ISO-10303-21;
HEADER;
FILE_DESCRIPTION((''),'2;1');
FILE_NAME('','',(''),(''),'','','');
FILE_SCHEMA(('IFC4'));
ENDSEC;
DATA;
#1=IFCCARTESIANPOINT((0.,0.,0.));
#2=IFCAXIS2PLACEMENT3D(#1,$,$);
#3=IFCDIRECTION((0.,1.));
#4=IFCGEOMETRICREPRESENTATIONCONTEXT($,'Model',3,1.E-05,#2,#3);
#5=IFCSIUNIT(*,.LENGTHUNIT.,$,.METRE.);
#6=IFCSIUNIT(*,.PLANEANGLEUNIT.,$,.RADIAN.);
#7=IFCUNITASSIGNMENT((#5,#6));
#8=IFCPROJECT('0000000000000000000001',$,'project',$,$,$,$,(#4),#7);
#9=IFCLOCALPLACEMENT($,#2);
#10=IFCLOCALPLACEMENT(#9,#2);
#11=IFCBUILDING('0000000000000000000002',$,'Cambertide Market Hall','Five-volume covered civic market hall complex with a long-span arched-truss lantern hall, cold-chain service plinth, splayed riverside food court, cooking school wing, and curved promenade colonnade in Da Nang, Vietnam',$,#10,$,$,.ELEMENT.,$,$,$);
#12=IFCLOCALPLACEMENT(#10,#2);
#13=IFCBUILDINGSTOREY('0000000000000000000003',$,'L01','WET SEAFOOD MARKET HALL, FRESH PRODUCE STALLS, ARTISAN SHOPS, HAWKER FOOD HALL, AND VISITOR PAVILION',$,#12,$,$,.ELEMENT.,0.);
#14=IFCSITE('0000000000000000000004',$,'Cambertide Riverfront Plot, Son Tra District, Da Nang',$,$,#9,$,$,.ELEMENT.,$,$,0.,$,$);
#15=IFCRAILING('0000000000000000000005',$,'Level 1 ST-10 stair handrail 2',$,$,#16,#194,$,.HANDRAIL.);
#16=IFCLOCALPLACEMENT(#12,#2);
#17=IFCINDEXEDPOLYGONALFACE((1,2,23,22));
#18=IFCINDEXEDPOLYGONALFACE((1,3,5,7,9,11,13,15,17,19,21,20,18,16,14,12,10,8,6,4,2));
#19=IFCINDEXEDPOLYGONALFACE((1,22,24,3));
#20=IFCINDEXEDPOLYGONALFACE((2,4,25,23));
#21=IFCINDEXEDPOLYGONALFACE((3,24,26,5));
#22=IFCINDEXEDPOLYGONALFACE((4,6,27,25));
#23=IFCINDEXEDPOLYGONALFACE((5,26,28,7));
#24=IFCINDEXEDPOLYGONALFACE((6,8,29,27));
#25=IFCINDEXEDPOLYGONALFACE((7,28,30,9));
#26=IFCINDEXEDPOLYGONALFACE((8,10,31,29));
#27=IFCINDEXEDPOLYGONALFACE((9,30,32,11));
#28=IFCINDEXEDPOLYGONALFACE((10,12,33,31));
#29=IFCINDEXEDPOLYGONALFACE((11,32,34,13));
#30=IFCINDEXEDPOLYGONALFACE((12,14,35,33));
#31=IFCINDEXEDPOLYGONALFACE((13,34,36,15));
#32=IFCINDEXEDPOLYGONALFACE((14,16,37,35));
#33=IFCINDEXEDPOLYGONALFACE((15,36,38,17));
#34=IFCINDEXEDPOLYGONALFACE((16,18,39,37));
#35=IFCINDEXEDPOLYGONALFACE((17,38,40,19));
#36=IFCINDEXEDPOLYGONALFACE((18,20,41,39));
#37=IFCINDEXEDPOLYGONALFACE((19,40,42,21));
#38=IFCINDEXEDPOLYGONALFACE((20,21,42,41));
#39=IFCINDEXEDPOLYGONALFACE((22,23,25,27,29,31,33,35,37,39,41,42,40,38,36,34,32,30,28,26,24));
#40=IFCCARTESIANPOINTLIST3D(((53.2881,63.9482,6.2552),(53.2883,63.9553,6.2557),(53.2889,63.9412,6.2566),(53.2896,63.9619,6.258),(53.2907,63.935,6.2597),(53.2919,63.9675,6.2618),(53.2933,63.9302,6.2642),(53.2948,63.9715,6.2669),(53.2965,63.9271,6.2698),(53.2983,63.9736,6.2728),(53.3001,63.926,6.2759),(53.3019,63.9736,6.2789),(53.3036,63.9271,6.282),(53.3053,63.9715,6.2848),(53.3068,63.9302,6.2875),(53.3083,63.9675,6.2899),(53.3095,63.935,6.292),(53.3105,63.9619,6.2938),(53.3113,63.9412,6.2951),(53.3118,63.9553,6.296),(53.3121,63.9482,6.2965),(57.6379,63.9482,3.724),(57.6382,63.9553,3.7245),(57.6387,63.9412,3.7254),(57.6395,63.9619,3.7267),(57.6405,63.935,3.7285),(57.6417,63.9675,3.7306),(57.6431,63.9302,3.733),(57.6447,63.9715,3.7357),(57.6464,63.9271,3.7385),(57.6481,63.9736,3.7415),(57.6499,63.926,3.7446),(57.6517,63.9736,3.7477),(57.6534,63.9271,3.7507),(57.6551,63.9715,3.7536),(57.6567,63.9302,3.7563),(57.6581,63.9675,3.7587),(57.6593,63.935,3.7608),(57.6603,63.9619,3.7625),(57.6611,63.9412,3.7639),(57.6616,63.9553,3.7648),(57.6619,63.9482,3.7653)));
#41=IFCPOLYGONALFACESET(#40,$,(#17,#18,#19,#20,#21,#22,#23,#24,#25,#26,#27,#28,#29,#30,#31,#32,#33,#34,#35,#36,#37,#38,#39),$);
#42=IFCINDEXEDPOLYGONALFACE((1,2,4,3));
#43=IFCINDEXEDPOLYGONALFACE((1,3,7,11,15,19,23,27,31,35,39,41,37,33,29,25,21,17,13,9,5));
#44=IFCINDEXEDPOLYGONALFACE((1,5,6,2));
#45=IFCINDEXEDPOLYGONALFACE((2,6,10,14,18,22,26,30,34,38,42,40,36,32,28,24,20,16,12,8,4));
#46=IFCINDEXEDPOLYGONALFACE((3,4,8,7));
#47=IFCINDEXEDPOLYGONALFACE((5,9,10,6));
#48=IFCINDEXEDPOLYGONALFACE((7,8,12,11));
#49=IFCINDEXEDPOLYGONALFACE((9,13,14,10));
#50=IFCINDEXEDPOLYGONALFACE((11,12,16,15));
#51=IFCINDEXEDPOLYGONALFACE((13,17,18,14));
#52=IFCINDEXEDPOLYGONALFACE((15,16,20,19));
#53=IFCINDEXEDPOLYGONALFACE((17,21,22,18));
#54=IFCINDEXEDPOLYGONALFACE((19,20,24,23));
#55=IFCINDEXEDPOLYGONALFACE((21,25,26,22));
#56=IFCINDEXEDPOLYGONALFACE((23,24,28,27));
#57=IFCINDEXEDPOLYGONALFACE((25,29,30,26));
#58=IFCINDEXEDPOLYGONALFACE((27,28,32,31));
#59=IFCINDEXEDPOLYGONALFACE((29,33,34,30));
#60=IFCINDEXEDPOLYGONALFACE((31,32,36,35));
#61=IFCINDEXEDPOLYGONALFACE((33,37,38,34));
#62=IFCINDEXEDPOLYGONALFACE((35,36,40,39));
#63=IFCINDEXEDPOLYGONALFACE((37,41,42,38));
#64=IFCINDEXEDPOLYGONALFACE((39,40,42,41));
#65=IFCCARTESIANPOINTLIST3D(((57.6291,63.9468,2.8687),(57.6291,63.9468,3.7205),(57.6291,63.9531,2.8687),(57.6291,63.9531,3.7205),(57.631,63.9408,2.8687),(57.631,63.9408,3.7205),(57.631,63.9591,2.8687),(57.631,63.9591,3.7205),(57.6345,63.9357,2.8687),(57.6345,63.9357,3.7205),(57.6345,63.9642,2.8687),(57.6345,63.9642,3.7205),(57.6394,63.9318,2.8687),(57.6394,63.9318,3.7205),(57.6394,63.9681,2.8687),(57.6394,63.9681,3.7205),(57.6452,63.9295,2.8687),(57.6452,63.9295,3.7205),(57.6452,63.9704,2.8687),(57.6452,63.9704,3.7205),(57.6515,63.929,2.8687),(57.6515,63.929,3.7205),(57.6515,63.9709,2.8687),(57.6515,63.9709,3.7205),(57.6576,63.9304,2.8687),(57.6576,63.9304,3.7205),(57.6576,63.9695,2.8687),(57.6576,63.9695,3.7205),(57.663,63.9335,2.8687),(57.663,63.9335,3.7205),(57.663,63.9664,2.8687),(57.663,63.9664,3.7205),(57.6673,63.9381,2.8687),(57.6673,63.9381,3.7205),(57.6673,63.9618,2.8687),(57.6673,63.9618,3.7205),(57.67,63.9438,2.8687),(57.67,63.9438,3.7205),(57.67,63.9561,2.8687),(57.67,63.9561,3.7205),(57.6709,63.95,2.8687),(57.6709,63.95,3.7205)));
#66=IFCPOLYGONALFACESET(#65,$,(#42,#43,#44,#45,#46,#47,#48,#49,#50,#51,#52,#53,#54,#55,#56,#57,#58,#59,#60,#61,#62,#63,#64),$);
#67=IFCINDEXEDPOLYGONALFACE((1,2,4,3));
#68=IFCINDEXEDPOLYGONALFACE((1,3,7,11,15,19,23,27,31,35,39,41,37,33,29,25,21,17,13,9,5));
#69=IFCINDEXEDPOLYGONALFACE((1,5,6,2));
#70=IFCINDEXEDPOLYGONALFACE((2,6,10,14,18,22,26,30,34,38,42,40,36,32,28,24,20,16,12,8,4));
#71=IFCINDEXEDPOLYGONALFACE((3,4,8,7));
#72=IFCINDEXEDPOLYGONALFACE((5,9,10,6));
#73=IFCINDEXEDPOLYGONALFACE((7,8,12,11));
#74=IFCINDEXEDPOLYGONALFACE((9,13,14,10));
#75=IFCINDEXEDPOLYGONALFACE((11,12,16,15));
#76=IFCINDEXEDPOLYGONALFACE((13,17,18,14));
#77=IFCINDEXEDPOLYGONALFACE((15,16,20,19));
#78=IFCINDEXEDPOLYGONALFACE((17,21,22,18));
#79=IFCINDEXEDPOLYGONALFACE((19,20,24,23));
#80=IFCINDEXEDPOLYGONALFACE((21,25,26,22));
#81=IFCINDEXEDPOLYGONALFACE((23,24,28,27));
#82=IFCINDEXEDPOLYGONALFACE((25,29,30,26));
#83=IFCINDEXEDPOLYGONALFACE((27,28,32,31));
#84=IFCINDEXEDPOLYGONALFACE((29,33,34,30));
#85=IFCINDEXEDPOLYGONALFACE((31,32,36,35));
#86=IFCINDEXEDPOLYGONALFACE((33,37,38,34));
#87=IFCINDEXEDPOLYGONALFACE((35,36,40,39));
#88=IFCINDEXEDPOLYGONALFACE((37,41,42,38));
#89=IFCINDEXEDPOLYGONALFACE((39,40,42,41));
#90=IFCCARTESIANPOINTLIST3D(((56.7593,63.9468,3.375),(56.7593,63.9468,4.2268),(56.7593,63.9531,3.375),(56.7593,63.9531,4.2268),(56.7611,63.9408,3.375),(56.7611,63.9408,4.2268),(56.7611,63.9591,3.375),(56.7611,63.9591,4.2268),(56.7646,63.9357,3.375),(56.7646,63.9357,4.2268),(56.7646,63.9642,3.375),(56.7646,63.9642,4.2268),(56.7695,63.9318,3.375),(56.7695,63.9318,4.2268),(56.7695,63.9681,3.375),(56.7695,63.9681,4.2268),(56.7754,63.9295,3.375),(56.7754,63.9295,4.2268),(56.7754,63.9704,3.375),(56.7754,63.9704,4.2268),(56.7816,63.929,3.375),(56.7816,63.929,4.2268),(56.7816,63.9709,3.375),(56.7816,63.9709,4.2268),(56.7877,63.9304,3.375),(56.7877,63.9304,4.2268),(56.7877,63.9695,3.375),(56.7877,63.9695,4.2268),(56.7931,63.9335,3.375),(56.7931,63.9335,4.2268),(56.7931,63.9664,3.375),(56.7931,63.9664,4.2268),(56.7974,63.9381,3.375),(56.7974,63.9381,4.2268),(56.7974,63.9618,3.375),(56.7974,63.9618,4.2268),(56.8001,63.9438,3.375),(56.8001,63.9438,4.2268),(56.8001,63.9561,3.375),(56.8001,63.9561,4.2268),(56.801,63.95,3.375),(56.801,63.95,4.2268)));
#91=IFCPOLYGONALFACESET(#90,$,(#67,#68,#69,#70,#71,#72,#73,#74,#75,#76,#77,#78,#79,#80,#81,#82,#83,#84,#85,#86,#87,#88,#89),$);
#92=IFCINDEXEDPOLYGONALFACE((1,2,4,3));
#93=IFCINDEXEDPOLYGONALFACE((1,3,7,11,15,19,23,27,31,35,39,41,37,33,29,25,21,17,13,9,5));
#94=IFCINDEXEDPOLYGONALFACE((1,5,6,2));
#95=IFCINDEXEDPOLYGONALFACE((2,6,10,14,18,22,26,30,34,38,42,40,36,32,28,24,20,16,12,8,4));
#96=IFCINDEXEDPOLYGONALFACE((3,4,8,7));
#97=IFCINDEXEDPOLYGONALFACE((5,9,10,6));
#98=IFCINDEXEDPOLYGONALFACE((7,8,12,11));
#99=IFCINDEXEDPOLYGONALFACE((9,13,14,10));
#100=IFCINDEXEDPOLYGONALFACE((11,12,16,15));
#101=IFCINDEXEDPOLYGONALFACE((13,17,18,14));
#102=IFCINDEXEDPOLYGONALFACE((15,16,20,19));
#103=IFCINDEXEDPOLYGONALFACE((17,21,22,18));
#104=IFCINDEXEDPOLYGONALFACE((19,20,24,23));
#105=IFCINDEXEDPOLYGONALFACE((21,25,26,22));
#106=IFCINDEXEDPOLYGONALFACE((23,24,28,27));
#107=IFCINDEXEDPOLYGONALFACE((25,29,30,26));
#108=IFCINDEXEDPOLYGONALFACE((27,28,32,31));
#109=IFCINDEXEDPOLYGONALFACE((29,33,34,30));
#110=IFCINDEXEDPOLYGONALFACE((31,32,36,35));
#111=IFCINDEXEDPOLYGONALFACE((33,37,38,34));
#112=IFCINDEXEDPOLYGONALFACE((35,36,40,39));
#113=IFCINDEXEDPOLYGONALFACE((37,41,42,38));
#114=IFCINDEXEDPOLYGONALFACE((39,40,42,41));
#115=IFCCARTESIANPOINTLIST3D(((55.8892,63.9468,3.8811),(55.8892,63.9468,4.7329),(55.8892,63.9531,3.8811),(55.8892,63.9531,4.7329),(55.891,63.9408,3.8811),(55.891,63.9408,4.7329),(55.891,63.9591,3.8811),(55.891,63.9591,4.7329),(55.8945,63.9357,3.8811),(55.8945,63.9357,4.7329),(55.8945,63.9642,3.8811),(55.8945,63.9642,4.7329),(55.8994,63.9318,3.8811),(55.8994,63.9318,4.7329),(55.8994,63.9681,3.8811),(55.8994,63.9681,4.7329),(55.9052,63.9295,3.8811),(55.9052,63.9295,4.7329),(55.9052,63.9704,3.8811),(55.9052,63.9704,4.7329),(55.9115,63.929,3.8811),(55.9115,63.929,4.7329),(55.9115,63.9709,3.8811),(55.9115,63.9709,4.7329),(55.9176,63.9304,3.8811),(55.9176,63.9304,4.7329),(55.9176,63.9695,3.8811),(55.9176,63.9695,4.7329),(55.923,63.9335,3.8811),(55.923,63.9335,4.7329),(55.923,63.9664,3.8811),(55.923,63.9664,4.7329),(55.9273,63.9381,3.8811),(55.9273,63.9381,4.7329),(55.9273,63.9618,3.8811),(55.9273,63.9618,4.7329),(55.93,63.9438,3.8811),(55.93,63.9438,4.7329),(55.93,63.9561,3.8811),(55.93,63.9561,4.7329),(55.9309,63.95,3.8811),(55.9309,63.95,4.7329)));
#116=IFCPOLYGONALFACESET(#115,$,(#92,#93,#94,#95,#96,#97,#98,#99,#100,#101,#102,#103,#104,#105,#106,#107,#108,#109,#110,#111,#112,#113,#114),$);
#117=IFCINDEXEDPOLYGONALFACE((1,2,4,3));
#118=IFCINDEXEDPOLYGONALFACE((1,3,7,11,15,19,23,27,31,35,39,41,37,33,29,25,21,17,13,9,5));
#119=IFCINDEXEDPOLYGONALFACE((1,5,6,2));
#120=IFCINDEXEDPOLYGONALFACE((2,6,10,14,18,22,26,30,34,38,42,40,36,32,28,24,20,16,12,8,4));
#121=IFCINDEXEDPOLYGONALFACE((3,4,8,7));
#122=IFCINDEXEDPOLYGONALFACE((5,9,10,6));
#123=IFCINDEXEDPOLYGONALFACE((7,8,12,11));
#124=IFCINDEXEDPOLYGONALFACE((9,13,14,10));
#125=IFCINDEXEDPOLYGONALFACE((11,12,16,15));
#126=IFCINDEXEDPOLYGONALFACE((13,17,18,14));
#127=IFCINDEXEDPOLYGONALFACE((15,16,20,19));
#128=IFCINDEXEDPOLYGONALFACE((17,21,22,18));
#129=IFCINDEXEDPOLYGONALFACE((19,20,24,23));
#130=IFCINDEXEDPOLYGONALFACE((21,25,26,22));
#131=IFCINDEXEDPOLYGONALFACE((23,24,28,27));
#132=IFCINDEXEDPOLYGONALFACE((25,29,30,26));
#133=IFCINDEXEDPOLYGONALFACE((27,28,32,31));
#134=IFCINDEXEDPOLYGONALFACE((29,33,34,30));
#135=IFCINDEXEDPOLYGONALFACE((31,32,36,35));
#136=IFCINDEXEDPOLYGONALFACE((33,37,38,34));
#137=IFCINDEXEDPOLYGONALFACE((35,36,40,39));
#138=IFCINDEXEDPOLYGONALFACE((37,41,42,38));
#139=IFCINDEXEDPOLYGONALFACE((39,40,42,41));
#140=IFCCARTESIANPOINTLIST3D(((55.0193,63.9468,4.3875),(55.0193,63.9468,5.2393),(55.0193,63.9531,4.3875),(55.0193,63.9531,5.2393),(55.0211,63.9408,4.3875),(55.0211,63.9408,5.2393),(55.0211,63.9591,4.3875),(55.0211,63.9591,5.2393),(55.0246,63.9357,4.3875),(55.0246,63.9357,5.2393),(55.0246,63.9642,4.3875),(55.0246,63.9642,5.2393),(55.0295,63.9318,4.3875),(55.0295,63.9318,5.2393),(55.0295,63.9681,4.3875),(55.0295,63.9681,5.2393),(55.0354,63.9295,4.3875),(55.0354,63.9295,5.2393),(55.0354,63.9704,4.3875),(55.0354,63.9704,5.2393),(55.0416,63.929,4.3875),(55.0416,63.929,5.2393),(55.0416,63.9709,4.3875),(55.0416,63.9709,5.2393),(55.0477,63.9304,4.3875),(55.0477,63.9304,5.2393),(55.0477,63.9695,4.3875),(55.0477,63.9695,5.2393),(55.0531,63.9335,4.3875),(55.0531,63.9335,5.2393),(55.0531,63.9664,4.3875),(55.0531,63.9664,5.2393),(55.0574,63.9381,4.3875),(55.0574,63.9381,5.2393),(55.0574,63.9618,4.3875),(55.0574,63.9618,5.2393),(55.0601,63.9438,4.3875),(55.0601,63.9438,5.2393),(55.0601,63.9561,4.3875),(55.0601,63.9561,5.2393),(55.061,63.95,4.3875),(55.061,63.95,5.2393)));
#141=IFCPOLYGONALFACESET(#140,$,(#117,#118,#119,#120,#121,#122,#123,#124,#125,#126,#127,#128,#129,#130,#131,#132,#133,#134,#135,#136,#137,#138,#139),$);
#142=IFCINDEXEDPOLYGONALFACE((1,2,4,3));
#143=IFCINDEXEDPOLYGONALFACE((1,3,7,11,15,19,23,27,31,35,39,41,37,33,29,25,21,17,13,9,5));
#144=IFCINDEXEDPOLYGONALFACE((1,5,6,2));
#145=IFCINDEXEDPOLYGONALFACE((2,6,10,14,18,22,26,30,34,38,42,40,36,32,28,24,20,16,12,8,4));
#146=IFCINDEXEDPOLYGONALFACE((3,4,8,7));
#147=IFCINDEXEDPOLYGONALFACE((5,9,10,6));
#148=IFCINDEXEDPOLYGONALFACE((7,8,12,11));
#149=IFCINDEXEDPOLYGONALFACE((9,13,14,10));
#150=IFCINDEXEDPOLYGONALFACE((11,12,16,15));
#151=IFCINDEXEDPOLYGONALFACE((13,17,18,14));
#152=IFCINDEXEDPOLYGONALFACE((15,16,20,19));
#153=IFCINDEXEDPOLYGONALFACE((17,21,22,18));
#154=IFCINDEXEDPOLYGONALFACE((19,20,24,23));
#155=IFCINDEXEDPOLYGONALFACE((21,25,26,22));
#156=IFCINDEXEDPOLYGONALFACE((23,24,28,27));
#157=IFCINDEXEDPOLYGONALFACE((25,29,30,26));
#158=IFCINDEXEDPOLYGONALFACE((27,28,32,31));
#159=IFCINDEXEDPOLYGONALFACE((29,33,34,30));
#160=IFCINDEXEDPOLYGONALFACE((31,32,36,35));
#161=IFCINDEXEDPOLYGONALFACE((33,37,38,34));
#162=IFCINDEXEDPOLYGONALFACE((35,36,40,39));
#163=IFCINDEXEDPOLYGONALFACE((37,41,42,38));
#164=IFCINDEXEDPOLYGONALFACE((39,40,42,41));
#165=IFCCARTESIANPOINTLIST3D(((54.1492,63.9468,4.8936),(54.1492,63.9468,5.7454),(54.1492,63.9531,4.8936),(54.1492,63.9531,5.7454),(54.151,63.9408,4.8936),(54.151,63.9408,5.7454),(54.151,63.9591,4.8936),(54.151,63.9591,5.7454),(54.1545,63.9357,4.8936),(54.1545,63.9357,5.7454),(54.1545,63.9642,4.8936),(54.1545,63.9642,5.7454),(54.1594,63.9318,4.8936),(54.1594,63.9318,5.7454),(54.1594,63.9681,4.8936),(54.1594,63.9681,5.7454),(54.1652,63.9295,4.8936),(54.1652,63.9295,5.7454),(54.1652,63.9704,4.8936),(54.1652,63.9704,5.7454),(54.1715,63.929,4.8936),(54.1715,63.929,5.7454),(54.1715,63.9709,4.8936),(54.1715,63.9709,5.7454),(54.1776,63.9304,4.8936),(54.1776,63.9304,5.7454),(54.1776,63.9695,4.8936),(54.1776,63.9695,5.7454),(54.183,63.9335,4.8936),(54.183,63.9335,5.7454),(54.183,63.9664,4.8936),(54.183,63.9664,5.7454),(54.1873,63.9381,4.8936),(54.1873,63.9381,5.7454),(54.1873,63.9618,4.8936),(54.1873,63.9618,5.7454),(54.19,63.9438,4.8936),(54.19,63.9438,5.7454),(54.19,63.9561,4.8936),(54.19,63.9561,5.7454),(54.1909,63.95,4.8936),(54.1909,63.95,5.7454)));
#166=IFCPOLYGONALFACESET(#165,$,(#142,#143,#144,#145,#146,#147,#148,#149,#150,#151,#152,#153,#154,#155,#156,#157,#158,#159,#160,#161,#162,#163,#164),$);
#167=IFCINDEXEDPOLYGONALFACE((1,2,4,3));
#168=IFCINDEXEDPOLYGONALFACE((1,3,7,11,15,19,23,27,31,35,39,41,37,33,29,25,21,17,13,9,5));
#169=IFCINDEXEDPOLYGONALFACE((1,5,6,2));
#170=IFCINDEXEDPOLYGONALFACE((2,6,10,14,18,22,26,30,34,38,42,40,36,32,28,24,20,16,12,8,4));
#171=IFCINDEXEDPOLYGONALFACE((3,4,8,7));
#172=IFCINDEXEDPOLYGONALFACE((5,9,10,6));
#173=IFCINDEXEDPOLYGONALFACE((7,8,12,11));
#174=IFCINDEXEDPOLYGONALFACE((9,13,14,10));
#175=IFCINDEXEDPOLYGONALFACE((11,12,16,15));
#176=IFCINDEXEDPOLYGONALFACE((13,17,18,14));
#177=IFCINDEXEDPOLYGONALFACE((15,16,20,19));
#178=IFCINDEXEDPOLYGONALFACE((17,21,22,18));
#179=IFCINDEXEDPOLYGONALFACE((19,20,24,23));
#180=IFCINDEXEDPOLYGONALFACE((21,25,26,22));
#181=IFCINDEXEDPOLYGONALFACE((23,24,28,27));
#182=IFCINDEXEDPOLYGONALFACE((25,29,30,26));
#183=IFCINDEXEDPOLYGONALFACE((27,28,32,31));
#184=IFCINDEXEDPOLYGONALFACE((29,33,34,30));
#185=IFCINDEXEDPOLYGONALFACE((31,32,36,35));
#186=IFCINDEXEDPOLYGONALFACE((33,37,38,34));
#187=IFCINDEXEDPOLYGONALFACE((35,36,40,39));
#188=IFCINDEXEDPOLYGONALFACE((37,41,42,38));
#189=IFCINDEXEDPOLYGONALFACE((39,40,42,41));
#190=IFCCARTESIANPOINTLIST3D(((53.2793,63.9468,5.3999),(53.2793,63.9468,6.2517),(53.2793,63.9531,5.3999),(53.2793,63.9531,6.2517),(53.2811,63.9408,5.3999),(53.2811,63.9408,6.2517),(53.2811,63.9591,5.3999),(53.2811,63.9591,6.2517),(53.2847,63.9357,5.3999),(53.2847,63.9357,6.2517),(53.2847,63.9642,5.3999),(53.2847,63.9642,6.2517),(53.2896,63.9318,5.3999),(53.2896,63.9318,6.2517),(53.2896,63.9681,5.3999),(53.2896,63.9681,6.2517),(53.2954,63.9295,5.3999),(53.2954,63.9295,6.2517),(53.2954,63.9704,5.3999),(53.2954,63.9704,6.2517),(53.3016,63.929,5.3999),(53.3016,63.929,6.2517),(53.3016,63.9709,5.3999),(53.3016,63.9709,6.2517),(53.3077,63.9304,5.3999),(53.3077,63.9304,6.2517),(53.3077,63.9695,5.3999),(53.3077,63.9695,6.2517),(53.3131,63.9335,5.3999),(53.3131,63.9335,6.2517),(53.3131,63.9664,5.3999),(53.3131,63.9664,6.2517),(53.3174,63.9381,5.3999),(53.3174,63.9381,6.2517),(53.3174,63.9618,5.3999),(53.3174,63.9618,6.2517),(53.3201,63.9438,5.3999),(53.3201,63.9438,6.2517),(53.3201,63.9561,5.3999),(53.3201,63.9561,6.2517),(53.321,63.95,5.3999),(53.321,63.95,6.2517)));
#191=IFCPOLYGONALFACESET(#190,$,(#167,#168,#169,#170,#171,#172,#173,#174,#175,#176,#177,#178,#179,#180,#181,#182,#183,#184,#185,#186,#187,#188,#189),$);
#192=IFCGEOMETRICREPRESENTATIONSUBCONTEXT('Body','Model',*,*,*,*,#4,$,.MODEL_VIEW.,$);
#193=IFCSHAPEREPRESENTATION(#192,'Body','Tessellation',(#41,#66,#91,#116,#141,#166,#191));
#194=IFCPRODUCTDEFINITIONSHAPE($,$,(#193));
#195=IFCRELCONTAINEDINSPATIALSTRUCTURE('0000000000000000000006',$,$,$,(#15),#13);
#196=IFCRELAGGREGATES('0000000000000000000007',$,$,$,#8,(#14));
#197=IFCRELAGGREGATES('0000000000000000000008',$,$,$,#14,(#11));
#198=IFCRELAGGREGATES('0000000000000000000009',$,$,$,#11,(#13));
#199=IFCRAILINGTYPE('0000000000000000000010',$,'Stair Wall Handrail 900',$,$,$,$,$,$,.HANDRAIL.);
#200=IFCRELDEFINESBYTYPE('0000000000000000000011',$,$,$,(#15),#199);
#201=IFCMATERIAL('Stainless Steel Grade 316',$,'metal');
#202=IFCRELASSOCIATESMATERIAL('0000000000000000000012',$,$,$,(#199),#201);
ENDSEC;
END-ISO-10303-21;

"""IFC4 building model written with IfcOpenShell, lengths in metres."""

from ifc_helpers import new_model, si_unit, direction, frame, origin, origin_2d, place, context, subcontext, project, spatial, circle, extrude, material, type_object, element, save


model = new_model("IFC4")

# Units and contexts
model_context = context("Model", 3, precision=1e-05, world=origin(), true_north=direction((0.0, 1.0)))
body_context = subcontext(model_context, "Body", "Model", "MODEL_VIEW")
ifc_project = project(units=[si_unit("LENGTHUNIT", "METRE"), si_unit("PLANEANGLEUNIT", "RADIAN")], contexts=[model_context])

# Site, building, storey
site_placement = place(None, origin())
site = spatial("IfcSite", under=ifc_project, at=site_placement, Name="Cambertide Riverfront Plot, Son Tra District, Da Nang", CompositionType="ELEMENT", RefElevation=0.0)
building_placement = place(site_placement, origin())
building = spatial("IfcBuilding", under=site, at=building_placement, Name="Cambertide Market Hall", Description="Five-volume covered civic market hall complex with a long-span arched-truss lantern hall, cold-chain service plinth, splayed riverside food court, cooking school wing, and curved promenade colonnade in Da Nang, Vietnam", CompositionType="ELEMENT")
storey_placement = place(building_placement, origin())
storey = spatial("IfcBuildingStorey", under=building, at=storey_placement, Name="L01", Description="WET SEAFOOD MARKET HALL, FRESH PRODUCE STALLS, ARTISAN SHOPS, HAWKER FOOD HALL, AND VISITOR PAVILION", CompositionType="ELEMENT", Elevation=0.0)

# Railing
ifc_material_1 = material(Name="Stainless Steel Grade 316", Category="metal")
railing_type_1 = type_object("IfcRailingType", Name="Stair Wall Handrail 900", PredefinedType="HANDRAIL", material=ifc_material_1)
railing_1_placement = place(storey_placement, frame((57.6499, 63.95, 2.8687)))
element("IfcRailing", 1, at=railing_1_placement, inside=storey, type_object=railing_type_1, Name="Level 1 ST-10 stair handrail 2", PredefinedType="HANDRAIL", context=body_context, shape_type="SweptSolid", body=[
    extrude(circle(Radius=0.0239, at=origin_2d()), frame((0.0, 0.0, 0.876), z_axis=(-0.864312, 0.0, 0.502957), x_axis=(0.0, -1.0, 0.0)), (0.0, 0.0, 1.0), 5.0327),
    extrude(circle(Radius=0.021, at=origin_2d()), origin(), (0.0, 0.0, 1.0), 0.8518),
    extrude(circle(Radius=0.021, at=origin_2d()), frame((-0.8699, 0.0, 0.5063)), (0.0, 0.0, 1.0), 0.8518),
    extrude(circle(Radius=0.021, at=origin_2d()), frame((-1.74, 0.0, 1.0125)), (0.0, 0.0, 1.0), 0.8518),
    extrude(circle(Radius=0.021, at=origin_2d()), frame((-2.6099, 0.0, 1.5188)), (0.0, 0.0, 1.0), 0.8518),
    extrude(circle(Radius=0.021, at=origin_2d()), frame((-3.48, 0.0, 2.0249)), (0.0, 0.0, 1.0), 0.8518),
    extrude(circle(Radius=0.021, at=origin_2d()), frame((-4.3499, 0.0, 2.5312)), (0.0, 0.0, 1.0), 0.8518),
])

save(model, "model.ifc")
